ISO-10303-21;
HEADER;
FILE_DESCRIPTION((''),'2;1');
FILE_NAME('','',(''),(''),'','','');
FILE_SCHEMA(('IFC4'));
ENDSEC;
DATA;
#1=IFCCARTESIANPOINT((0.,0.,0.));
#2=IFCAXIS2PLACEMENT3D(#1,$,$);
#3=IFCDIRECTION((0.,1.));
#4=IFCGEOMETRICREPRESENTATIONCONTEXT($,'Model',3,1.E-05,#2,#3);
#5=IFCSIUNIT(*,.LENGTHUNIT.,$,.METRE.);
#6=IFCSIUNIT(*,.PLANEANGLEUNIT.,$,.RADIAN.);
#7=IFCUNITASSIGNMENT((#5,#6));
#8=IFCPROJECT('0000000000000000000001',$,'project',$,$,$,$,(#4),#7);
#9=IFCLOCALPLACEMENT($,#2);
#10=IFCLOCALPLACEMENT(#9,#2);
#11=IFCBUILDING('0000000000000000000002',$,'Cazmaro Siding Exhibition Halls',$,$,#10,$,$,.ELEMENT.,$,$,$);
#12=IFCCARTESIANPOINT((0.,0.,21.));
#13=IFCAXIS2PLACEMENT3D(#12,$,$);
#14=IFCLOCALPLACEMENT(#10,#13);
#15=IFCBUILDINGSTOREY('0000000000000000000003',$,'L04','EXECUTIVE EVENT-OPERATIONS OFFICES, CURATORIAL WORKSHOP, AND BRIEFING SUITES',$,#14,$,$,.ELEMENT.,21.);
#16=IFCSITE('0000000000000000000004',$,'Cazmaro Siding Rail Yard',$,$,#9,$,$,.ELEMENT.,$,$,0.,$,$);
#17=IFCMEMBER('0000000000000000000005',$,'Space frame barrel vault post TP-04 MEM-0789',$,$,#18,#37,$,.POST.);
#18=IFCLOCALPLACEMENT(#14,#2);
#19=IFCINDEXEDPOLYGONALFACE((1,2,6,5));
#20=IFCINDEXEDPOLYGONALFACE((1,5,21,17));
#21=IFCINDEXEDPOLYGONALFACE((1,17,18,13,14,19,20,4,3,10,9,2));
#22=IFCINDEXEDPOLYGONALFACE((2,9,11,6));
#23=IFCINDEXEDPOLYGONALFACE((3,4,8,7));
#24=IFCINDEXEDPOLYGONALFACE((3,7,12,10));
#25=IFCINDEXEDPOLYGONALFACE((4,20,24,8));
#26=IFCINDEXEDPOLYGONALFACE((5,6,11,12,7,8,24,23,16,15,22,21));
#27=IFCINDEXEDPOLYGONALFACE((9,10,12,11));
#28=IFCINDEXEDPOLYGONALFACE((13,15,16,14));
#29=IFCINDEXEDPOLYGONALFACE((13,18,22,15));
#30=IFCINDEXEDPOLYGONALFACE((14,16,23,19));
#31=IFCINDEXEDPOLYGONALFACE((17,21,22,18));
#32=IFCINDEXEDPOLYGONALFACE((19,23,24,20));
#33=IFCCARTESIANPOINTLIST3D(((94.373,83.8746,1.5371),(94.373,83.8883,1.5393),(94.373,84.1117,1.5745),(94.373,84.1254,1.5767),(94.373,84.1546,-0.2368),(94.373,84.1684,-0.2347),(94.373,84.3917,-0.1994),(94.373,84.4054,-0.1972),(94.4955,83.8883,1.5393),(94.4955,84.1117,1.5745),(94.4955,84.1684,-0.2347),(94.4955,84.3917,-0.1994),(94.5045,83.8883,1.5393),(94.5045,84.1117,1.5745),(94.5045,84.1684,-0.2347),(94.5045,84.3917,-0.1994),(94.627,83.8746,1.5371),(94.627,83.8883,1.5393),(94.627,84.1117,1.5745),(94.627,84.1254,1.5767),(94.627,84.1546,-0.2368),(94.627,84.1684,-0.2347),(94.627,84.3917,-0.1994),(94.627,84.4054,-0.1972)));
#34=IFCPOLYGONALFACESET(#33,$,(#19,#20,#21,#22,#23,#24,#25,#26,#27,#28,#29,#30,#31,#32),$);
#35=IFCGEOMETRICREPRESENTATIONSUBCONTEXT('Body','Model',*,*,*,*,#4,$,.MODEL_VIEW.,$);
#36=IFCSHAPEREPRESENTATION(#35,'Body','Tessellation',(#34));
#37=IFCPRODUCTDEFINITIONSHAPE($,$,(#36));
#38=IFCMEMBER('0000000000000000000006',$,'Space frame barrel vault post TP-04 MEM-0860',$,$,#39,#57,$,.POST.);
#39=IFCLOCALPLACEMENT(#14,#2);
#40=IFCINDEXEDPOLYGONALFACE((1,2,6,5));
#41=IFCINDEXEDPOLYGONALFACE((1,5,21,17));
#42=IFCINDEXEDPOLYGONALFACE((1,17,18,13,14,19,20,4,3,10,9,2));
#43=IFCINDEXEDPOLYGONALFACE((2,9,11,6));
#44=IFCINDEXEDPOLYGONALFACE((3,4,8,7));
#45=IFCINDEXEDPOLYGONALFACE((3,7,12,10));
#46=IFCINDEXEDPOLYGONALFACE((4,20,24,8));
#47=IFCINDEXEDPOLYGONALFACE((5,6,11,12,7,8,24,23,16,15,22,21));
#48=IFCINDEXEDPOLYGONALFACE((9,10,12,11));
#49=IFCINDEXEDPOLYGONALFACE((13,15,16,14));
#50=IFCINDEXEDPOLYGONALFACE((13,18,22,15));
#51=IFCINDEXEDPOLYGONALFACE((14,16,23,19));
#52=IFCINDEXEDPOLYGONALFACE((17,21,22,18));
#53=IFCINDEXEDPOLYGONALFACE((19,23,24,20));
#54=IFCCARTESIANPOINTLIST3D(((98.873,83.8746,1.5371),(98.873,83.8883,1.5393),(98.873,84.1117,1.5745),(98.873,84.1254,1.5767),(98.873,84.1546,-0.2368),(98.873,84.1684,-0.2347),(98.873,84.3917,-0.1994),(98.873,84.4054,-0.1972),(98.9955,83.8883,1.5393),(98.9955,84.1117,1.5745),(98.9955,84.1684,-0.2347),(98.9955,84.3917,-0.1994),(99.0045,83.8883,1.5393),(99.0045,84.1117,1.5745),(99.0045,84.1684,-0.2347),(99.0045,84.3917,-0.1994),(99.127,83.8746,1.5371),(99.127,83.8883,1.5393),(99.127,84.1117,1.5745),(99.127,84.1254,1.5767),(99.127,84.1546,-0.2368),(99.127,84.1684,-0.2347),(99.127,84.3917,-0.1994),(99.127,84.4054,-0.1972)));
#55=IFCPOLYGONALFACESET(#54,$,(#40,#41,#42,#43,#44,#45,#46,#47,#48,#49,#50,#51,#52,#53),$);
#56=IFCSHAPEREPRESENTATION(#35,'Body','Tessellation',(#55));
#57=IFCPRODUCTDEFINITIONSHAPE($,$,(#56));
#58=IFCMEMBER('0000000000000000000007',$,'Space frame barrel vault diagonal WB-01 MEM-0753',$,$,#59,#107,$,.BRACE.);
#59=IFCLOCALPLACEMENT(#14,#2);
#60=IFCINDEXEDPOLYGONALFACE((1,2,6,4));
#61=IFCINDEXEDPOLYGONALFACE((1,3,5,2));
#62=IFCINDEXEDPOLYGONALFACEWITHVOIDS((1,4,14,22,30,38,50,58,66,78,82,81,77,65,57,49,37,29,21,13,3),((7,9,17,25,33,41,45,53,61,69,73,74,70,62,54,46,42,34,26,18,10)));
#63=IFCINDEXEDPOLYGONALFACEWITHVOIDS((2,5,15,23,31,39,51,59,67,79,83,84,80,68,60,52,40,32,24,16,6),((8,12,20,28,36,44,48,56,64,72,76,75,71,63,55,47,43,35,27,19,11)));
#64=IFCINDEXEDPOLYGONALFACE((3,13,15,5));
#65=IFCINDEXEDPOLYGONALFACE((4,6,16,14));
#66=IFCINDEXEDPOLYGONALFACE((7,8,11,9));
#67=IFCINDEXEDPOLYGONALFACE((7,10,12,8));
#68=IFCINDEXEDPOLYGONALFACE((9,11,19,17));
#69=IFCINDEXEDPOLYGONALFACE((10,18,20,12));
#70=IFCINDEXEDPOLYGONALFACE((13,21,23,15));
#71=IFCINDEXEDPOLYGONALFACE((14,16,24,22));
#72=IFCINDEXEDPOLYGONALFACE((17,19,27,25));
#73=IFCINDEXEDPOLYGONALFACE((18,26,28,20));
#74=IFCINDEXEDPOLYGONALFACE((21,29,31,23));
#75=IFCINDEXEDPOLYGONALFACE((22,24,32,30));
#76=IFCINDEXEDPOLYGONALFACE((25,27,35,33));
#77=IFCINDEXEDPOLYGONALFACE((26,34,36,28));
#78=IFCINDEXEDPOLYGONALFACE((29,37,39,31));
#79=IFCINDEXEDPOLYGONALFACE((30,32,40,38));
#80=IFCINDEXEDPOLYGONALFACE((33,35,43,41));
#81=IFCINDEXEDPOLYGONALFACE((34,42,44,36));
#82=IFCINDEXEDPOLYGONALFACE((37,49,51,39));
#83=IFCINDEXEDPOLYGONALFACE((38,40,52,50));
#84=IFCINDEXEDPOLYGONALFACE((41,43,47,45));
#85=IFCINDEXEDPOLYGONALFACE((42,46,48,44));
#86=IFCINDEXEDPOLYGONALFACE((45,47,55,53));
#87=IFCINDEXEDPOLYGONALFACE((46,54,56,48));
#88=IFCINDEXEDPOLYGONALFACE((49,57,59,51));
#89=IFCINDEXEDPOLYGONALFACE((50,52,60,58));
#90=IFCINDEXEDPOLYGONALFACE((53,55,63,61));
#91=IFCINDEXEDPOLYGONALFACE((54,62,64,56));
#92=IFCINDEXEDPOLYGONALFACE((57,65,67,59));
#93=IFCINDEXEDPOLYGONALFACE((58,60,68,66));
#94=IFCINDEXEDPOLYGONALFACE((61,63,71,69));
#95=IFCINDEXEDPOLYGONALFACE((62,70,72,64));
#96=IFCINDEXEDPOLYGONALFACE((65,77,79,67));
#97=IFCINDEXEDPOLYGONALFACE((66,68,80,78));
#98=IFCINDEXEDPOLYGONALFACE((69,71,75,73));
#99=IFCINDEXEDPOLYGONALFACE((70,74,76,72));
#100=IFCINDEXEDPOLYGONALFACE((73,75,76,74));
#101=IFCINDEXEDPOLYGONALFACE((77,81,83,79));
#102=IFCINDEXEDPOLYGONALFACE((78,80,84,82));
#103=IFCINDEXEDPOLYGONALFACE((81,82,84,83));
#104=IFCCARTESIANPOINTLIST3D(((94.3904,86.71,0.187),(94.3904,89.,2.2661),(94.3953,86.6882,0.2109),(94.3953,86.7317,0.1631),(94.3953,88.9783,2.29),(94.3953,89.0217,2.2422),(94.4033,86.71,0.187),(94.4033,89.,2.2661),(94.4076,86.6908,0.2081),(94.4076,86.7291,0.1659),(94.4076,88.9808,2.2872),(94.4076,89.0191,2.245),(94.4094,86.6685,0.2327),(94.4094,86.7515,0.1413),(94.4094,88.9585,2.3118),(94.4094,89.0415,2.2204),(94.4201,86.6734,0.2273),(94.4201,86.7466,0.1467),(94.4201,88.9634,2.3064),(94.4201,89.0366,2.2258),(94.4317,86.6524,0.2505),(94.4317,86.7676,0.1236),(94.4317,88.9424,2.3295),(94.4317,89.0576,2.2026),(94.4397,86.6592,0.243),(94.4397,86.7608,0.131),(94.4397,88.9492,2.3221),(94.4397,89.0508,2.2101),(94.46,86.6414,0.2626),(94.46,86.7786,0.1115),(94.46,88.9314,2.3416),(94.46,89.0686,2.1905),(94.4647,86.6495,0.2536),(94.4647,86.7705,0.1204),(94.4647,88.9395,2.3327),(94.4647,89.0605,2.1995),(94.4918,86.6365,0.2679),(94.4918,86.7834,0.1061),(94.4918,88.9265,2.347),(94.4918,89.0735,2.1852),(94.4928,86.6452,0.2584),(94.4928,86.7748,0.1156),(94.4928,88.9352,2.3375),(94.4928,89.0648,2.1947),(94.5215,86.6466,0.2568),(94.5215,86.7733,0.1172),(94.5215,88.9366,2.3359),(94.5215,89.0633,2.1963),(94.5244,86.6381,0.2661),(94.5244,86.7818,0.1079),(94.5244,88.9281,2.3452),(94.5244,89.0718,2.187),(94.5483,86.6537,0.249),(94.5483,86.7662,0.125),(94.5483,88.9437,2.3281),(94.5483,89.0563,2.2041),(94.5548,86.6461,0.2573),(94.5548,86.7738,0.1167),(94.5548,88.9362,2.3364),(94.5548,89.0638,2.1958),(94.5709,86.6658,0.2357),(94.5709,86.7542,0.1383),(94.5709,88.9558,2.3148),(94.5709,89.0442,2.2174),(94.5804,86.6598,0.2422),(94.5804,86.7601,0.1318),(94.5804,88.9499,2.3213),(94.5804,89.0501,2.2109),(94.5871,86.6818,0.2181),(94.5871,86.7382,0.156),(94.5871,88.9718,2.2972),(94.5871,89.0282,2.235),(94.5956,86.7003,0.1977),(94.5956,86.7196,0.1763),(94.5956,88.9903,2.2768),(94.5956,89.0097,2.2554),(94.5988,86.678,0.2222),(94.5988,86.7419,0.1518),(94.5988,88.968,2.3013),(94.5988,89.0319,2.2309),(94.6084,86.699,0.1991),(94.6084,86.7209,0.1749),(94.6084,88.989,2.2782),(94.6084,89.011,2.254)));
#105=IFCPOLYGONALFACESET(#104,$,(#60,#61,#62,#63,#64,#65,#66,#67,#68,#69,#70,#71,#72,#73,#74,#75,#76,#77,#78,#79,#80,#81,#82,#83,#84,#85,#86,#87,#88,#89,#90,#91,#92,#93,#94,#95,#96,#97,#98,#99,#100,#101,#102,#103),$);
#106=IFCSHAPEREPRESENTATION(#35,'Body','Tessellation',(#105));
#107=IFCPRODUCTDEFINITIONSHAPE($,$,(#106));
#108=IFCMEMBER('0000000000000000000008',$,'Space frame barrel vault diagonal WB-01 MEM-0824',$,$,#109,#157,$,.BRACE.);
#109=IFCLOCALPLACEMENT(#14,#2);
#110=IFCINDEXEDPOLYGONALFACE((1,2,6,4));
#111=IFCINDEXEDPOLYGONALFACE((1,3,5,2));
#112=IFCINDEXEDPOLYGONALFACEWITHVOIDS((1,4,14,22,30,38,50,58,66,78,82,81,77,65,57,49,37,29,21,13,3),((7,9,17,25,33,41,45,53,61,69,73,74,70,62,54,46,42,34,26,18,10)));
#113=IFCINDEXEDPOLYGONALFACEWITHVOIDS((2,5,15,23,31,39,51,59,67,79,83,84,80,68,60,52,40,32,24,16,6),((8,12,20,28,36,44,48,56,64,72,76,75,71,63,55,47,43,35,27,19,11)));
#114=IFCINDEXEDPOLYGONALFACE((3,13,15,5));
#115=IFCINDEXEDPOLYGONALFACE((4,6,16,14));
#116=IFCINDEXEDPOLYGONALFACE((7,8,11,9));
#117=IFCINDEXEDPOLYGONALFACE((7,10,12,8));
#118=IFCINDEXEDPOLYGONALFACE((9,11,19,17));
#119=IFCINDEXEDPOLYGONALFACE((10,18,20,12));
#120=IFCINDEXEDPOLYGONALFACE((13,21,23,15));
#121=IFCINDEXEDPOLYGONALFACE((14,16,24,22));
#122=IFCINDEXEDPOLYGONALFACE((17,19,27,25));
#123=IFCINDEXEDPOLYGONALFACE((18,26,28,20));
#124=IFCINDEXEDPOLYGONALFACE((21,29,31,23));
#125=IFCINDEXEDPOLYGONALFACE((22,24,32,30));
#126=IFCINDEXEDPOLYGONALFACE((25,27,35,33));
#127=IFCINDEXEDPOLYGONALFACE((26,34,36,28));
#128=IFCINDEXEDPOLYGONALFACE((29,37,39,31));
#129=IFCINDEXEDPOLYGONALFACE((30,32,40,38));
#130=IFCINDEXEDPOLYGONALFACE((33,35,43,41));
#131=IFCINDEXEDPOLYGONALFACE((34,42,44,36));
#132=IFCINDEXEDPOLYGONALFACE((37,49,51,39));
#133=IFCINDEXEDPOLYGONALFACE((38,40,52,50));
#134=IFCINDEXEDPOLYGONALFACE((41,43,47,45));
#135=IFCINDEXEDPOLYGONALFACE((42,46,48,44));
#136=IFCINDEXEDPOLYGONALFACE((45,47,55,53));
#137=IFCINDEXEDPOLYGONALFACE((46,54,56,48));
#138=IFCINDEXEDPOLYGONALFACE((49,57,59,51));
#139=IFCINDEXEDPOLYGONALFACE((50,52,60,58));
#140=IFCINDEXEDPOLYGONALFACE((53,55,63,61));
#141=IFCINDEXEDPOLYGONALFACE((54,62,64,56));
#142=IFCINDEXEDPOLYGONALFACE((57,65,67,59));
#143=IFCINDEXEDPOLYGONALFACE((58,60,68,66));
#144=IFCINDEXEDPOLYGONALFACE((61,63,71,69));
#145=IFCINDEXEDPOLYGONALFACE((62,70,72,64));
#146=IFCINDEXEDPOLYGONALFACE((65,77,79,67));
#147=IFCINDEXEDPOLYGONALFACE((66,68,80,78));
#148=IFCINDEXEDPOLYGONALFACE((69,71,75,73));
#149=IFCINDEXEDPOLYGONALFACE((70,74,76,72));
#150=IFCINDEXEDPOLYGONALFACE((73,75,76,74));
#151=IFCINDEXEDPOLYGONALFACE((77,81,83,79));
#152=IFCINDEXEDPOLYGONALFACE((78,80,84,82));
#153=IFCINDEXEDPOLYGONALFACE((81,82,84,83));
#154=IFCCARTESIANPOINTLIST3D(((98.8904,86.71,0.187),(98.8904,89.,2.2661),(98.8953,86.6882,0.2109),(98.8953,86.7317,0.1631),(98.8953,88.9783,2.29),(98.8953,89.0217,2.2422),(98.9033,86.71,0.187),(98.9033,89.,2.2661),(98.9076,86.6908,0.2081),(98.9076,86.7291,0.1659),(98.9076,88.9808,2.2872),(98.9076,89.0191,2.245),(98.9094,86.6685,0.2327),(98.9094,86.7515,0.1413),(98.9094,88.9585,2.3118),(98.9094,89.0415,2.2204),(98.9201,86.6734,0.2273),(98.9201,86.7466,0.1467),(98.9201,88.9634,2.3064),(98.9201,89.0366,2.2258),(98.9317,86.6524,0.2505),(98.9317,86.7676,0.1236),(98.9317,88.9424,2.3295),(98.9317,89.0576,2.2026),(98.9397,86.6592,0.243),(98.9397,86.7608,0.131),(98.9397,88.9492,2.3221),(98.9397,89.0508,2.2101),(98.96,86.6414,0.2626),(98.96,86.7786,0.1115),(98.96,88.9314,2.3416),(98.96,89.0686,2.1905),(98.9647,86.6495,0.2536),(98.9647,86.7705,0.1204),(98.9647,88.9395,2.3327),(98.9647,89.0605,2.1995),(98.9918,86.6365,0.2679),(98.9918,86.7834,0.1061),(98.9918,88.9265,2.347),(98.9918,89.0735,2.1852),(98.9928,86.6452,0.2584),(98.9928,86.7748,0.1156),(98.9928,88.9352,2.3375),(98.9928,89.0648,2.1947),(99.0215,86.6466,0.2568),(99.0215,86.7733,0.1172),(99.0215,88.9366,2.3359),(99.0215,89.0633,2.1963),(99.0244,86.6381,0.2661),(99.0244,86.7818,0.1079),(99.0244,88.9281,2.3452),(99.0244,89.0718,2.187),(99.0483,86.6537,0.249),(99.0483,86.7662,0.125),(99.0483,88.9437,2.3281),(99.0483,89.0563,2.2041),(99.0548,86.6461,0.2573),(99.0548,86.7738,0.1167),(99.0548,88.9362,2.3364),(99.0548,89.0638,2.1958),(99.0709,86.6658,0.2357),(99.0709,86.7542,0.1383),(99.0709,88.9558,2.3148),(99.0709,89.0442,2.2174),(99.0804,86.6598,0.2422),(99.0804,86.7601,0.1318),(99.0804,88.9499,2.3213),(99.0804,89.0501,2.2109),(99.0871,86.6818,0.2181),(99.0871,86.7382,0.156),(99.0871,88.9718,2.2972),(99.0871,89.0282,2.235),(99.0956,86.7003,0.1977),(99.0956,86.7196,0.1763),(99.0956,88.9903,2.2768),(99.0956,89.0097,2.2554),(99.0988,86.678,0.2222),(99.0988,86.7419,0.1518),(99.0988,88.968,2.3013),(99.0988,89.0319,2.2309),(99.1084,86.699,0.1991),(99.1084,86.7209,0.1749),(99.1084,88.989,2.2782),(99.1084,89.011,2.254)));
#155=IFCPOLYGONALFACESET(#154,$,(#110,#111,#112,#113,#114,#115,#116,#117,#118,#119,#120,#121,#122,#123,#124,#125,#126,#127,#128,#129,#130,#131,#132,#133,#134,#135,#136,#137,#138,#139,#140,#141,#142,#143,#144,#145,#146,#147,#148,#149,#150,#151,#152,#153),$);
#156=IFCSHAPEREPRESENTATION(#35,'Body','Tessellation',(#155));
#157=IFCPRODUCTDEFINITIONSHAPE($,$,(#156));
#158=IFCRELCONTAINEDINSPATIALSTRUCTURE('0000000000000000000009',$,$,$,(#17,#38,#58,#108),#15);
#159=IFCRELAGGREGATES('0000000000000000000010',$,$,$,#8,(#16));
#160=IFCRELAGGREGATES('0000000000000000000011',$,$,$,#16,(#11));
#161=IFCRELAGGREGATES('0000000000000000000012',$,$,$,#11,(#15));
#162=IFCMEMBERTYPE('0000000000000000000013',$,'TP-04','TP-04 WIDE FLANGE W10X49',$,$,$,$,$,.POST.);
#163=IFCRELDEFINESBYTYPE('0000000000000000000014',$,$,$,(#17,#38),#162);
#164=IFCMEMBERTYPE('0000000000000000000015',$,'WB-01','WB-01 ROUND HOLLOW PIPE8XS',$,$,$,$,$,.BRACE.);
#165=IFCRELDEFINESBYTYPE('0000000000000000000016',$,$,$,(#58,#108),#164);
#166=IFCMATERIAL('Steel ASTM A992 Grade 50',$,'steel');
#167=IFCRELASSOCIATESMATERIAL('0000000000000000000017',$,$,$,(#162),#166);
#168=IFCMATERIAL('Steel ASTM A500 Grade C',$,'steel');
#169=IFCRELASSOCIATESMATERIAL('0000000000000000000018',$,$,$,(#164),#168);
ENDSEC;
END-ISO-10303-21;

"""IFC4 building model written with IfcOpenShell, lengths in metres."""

from ifc_helpers import new_model, si_unit, direction, frame, origin, origin_2d, place, context, subcontext, project, spatial, hollow_circle, i_section, extrude, material, material_profile, profile_set, type_object, element, save


model = new_model("IFC4")

# Units and contexts
model_context = context("Model", 3, precision=1e-05, world=origin(), true_north=direction((0.0, 1.0)))
body_context = subcontext(model_context, "Body", "Model", "MODEL_VIEW")
ifc_project = project(units=[si_unit("LENGTHUNIT", "METRE"), si_unit("PLANEANGLEUNIT", "RADIAN")], contexts=[model_context])

# Site, building, storey
site_placement = place(None, origin())
site = spatial("IfcSite", under=ifc_project, at=site_placement, Name="Cazmaro Siding Rail Yard", CompositionType="ELEMENT", RefElevation=0.0)
building_placement = place(site_placement, origin())
building = spatial("IfcBuilding", under=site, at=building_placement, Name="Cazmaro Siding Exhibition Halls", CompositionType="ELEMENT")
storey_placement = place(building_placement, frame((0.0, 0.0, 21.0)))
storey = spatial("IfcBuildingStorey", under=building, at=storey_placement, Name="L04", Description="EXECUTIVE EVENT-OPERATIONS OFFICES, CURATORIAL WORKSHOP, AND BRIEFING SUITES", CompositionType="ELEMENT", Elevation=21.0)

# Members
ifc_material_1 = material(Name="Steel ASTM A992 Grade 50", Category="steel")
ifc_material_profile_1 = material_profile(ifc_material_1, i_section(OverallWidth=0.2539, OverallDepth=0.2539, WebThickness=0.009, FlangeThickness=0.0139, at=origin_2d()), Name="W10X49")
ifc_profile_set_1 = profile_set([ifc_material_profile_1], Name="Steel ASTM A992 Grade 50")
member_type_1 = type_object("IfcMemberType", Name="TP-04", Description="TP-04 WIDE FLANGE W10X49", PredefinedType="POST", material=ifc_profile_set_1)
for number, where, z_axis, x_axis, name in (
    (1, (94.5, 84.28, -0.217), (0.0, -0.155928, 0.987768), (1.0, 0.0, 0.0), "Space frame barrel vault post TP-04 MEM-0789"),
    (2, (99.0, 84.28, -0.217), (0.0, -0.155928, 0.987768), (1.0, 0.0, 0.0), "Space frame barrel vault post TP-04 MEM-0860"),
):
    element("IfcMember", number, at=place(storey_placement, frame(where, z_axis=z_axis, x_axis=x_axis)), inside=storey, type_object=member_type_1, Name=name, PredefinedType="POST", context=body_context, shape_type="SweptSolid", body=[
        extrude(i_section(OverallWidth=0.2539, OverallDepth=0.2539, WebThickness=0.009, FlangeThickness=0.0139, at=origin_2d()), origin(), (0.0, 0.0, 1.0), 1.7959),
    ])
ifc_material_2 = material(Name="Steel ASTM A500 Grade C", Category="steel")
ifc_material_profile_2 = material_profile(ifc_material_2, hollow_circle(Radius=0.1096, WallThickness=0.0129, at=origin_2d()), Name="PIPE8XS")
ifc_profile_set_2 = profile_set([ifc_material_profile_2], Name="Steel ASTM A500 Grade C")
member_type_2 = type_object("IfcMemberType", Name="WB-01", Description="WB-01 ROUND HOLLOW PIPE8XS", PredefinedType="BRACE", material=ifc_profile_set_2)
for number, where, z_axis, x_axis, name in (
    (3, (94.5, 86.71, 0.187), (0.0, 0.740383, 0.672185), (-1.0, 0.0, 0.0), "Space frame barrel vault diagonal WB-01 MEM-0753"),
    (4, (99.0, 86.71, 0.187), (0.0, 0.740383, 0.672185), (-1.0, 0.0, 0.0), "Space frame barrel vault diagonal WB-01 MEM-0824"),
):
    element("IfcMember", number, at=place(storey_placement, frame(where, z_axis=z_axis, x_axis=x_axis)), inside=storey, type_object=member_type_2, Name=name, PredefinedType="BRACE", context=body_context, shape_type="SweptSolid", body=[
        extrude(hollow_circle(Radius=0.1096, WallThickness=0.0129, at=origin_2d()), origin(), (0.0, 0.0, 1.0), 3.093),
    ])

save(model, "model.ifc")
